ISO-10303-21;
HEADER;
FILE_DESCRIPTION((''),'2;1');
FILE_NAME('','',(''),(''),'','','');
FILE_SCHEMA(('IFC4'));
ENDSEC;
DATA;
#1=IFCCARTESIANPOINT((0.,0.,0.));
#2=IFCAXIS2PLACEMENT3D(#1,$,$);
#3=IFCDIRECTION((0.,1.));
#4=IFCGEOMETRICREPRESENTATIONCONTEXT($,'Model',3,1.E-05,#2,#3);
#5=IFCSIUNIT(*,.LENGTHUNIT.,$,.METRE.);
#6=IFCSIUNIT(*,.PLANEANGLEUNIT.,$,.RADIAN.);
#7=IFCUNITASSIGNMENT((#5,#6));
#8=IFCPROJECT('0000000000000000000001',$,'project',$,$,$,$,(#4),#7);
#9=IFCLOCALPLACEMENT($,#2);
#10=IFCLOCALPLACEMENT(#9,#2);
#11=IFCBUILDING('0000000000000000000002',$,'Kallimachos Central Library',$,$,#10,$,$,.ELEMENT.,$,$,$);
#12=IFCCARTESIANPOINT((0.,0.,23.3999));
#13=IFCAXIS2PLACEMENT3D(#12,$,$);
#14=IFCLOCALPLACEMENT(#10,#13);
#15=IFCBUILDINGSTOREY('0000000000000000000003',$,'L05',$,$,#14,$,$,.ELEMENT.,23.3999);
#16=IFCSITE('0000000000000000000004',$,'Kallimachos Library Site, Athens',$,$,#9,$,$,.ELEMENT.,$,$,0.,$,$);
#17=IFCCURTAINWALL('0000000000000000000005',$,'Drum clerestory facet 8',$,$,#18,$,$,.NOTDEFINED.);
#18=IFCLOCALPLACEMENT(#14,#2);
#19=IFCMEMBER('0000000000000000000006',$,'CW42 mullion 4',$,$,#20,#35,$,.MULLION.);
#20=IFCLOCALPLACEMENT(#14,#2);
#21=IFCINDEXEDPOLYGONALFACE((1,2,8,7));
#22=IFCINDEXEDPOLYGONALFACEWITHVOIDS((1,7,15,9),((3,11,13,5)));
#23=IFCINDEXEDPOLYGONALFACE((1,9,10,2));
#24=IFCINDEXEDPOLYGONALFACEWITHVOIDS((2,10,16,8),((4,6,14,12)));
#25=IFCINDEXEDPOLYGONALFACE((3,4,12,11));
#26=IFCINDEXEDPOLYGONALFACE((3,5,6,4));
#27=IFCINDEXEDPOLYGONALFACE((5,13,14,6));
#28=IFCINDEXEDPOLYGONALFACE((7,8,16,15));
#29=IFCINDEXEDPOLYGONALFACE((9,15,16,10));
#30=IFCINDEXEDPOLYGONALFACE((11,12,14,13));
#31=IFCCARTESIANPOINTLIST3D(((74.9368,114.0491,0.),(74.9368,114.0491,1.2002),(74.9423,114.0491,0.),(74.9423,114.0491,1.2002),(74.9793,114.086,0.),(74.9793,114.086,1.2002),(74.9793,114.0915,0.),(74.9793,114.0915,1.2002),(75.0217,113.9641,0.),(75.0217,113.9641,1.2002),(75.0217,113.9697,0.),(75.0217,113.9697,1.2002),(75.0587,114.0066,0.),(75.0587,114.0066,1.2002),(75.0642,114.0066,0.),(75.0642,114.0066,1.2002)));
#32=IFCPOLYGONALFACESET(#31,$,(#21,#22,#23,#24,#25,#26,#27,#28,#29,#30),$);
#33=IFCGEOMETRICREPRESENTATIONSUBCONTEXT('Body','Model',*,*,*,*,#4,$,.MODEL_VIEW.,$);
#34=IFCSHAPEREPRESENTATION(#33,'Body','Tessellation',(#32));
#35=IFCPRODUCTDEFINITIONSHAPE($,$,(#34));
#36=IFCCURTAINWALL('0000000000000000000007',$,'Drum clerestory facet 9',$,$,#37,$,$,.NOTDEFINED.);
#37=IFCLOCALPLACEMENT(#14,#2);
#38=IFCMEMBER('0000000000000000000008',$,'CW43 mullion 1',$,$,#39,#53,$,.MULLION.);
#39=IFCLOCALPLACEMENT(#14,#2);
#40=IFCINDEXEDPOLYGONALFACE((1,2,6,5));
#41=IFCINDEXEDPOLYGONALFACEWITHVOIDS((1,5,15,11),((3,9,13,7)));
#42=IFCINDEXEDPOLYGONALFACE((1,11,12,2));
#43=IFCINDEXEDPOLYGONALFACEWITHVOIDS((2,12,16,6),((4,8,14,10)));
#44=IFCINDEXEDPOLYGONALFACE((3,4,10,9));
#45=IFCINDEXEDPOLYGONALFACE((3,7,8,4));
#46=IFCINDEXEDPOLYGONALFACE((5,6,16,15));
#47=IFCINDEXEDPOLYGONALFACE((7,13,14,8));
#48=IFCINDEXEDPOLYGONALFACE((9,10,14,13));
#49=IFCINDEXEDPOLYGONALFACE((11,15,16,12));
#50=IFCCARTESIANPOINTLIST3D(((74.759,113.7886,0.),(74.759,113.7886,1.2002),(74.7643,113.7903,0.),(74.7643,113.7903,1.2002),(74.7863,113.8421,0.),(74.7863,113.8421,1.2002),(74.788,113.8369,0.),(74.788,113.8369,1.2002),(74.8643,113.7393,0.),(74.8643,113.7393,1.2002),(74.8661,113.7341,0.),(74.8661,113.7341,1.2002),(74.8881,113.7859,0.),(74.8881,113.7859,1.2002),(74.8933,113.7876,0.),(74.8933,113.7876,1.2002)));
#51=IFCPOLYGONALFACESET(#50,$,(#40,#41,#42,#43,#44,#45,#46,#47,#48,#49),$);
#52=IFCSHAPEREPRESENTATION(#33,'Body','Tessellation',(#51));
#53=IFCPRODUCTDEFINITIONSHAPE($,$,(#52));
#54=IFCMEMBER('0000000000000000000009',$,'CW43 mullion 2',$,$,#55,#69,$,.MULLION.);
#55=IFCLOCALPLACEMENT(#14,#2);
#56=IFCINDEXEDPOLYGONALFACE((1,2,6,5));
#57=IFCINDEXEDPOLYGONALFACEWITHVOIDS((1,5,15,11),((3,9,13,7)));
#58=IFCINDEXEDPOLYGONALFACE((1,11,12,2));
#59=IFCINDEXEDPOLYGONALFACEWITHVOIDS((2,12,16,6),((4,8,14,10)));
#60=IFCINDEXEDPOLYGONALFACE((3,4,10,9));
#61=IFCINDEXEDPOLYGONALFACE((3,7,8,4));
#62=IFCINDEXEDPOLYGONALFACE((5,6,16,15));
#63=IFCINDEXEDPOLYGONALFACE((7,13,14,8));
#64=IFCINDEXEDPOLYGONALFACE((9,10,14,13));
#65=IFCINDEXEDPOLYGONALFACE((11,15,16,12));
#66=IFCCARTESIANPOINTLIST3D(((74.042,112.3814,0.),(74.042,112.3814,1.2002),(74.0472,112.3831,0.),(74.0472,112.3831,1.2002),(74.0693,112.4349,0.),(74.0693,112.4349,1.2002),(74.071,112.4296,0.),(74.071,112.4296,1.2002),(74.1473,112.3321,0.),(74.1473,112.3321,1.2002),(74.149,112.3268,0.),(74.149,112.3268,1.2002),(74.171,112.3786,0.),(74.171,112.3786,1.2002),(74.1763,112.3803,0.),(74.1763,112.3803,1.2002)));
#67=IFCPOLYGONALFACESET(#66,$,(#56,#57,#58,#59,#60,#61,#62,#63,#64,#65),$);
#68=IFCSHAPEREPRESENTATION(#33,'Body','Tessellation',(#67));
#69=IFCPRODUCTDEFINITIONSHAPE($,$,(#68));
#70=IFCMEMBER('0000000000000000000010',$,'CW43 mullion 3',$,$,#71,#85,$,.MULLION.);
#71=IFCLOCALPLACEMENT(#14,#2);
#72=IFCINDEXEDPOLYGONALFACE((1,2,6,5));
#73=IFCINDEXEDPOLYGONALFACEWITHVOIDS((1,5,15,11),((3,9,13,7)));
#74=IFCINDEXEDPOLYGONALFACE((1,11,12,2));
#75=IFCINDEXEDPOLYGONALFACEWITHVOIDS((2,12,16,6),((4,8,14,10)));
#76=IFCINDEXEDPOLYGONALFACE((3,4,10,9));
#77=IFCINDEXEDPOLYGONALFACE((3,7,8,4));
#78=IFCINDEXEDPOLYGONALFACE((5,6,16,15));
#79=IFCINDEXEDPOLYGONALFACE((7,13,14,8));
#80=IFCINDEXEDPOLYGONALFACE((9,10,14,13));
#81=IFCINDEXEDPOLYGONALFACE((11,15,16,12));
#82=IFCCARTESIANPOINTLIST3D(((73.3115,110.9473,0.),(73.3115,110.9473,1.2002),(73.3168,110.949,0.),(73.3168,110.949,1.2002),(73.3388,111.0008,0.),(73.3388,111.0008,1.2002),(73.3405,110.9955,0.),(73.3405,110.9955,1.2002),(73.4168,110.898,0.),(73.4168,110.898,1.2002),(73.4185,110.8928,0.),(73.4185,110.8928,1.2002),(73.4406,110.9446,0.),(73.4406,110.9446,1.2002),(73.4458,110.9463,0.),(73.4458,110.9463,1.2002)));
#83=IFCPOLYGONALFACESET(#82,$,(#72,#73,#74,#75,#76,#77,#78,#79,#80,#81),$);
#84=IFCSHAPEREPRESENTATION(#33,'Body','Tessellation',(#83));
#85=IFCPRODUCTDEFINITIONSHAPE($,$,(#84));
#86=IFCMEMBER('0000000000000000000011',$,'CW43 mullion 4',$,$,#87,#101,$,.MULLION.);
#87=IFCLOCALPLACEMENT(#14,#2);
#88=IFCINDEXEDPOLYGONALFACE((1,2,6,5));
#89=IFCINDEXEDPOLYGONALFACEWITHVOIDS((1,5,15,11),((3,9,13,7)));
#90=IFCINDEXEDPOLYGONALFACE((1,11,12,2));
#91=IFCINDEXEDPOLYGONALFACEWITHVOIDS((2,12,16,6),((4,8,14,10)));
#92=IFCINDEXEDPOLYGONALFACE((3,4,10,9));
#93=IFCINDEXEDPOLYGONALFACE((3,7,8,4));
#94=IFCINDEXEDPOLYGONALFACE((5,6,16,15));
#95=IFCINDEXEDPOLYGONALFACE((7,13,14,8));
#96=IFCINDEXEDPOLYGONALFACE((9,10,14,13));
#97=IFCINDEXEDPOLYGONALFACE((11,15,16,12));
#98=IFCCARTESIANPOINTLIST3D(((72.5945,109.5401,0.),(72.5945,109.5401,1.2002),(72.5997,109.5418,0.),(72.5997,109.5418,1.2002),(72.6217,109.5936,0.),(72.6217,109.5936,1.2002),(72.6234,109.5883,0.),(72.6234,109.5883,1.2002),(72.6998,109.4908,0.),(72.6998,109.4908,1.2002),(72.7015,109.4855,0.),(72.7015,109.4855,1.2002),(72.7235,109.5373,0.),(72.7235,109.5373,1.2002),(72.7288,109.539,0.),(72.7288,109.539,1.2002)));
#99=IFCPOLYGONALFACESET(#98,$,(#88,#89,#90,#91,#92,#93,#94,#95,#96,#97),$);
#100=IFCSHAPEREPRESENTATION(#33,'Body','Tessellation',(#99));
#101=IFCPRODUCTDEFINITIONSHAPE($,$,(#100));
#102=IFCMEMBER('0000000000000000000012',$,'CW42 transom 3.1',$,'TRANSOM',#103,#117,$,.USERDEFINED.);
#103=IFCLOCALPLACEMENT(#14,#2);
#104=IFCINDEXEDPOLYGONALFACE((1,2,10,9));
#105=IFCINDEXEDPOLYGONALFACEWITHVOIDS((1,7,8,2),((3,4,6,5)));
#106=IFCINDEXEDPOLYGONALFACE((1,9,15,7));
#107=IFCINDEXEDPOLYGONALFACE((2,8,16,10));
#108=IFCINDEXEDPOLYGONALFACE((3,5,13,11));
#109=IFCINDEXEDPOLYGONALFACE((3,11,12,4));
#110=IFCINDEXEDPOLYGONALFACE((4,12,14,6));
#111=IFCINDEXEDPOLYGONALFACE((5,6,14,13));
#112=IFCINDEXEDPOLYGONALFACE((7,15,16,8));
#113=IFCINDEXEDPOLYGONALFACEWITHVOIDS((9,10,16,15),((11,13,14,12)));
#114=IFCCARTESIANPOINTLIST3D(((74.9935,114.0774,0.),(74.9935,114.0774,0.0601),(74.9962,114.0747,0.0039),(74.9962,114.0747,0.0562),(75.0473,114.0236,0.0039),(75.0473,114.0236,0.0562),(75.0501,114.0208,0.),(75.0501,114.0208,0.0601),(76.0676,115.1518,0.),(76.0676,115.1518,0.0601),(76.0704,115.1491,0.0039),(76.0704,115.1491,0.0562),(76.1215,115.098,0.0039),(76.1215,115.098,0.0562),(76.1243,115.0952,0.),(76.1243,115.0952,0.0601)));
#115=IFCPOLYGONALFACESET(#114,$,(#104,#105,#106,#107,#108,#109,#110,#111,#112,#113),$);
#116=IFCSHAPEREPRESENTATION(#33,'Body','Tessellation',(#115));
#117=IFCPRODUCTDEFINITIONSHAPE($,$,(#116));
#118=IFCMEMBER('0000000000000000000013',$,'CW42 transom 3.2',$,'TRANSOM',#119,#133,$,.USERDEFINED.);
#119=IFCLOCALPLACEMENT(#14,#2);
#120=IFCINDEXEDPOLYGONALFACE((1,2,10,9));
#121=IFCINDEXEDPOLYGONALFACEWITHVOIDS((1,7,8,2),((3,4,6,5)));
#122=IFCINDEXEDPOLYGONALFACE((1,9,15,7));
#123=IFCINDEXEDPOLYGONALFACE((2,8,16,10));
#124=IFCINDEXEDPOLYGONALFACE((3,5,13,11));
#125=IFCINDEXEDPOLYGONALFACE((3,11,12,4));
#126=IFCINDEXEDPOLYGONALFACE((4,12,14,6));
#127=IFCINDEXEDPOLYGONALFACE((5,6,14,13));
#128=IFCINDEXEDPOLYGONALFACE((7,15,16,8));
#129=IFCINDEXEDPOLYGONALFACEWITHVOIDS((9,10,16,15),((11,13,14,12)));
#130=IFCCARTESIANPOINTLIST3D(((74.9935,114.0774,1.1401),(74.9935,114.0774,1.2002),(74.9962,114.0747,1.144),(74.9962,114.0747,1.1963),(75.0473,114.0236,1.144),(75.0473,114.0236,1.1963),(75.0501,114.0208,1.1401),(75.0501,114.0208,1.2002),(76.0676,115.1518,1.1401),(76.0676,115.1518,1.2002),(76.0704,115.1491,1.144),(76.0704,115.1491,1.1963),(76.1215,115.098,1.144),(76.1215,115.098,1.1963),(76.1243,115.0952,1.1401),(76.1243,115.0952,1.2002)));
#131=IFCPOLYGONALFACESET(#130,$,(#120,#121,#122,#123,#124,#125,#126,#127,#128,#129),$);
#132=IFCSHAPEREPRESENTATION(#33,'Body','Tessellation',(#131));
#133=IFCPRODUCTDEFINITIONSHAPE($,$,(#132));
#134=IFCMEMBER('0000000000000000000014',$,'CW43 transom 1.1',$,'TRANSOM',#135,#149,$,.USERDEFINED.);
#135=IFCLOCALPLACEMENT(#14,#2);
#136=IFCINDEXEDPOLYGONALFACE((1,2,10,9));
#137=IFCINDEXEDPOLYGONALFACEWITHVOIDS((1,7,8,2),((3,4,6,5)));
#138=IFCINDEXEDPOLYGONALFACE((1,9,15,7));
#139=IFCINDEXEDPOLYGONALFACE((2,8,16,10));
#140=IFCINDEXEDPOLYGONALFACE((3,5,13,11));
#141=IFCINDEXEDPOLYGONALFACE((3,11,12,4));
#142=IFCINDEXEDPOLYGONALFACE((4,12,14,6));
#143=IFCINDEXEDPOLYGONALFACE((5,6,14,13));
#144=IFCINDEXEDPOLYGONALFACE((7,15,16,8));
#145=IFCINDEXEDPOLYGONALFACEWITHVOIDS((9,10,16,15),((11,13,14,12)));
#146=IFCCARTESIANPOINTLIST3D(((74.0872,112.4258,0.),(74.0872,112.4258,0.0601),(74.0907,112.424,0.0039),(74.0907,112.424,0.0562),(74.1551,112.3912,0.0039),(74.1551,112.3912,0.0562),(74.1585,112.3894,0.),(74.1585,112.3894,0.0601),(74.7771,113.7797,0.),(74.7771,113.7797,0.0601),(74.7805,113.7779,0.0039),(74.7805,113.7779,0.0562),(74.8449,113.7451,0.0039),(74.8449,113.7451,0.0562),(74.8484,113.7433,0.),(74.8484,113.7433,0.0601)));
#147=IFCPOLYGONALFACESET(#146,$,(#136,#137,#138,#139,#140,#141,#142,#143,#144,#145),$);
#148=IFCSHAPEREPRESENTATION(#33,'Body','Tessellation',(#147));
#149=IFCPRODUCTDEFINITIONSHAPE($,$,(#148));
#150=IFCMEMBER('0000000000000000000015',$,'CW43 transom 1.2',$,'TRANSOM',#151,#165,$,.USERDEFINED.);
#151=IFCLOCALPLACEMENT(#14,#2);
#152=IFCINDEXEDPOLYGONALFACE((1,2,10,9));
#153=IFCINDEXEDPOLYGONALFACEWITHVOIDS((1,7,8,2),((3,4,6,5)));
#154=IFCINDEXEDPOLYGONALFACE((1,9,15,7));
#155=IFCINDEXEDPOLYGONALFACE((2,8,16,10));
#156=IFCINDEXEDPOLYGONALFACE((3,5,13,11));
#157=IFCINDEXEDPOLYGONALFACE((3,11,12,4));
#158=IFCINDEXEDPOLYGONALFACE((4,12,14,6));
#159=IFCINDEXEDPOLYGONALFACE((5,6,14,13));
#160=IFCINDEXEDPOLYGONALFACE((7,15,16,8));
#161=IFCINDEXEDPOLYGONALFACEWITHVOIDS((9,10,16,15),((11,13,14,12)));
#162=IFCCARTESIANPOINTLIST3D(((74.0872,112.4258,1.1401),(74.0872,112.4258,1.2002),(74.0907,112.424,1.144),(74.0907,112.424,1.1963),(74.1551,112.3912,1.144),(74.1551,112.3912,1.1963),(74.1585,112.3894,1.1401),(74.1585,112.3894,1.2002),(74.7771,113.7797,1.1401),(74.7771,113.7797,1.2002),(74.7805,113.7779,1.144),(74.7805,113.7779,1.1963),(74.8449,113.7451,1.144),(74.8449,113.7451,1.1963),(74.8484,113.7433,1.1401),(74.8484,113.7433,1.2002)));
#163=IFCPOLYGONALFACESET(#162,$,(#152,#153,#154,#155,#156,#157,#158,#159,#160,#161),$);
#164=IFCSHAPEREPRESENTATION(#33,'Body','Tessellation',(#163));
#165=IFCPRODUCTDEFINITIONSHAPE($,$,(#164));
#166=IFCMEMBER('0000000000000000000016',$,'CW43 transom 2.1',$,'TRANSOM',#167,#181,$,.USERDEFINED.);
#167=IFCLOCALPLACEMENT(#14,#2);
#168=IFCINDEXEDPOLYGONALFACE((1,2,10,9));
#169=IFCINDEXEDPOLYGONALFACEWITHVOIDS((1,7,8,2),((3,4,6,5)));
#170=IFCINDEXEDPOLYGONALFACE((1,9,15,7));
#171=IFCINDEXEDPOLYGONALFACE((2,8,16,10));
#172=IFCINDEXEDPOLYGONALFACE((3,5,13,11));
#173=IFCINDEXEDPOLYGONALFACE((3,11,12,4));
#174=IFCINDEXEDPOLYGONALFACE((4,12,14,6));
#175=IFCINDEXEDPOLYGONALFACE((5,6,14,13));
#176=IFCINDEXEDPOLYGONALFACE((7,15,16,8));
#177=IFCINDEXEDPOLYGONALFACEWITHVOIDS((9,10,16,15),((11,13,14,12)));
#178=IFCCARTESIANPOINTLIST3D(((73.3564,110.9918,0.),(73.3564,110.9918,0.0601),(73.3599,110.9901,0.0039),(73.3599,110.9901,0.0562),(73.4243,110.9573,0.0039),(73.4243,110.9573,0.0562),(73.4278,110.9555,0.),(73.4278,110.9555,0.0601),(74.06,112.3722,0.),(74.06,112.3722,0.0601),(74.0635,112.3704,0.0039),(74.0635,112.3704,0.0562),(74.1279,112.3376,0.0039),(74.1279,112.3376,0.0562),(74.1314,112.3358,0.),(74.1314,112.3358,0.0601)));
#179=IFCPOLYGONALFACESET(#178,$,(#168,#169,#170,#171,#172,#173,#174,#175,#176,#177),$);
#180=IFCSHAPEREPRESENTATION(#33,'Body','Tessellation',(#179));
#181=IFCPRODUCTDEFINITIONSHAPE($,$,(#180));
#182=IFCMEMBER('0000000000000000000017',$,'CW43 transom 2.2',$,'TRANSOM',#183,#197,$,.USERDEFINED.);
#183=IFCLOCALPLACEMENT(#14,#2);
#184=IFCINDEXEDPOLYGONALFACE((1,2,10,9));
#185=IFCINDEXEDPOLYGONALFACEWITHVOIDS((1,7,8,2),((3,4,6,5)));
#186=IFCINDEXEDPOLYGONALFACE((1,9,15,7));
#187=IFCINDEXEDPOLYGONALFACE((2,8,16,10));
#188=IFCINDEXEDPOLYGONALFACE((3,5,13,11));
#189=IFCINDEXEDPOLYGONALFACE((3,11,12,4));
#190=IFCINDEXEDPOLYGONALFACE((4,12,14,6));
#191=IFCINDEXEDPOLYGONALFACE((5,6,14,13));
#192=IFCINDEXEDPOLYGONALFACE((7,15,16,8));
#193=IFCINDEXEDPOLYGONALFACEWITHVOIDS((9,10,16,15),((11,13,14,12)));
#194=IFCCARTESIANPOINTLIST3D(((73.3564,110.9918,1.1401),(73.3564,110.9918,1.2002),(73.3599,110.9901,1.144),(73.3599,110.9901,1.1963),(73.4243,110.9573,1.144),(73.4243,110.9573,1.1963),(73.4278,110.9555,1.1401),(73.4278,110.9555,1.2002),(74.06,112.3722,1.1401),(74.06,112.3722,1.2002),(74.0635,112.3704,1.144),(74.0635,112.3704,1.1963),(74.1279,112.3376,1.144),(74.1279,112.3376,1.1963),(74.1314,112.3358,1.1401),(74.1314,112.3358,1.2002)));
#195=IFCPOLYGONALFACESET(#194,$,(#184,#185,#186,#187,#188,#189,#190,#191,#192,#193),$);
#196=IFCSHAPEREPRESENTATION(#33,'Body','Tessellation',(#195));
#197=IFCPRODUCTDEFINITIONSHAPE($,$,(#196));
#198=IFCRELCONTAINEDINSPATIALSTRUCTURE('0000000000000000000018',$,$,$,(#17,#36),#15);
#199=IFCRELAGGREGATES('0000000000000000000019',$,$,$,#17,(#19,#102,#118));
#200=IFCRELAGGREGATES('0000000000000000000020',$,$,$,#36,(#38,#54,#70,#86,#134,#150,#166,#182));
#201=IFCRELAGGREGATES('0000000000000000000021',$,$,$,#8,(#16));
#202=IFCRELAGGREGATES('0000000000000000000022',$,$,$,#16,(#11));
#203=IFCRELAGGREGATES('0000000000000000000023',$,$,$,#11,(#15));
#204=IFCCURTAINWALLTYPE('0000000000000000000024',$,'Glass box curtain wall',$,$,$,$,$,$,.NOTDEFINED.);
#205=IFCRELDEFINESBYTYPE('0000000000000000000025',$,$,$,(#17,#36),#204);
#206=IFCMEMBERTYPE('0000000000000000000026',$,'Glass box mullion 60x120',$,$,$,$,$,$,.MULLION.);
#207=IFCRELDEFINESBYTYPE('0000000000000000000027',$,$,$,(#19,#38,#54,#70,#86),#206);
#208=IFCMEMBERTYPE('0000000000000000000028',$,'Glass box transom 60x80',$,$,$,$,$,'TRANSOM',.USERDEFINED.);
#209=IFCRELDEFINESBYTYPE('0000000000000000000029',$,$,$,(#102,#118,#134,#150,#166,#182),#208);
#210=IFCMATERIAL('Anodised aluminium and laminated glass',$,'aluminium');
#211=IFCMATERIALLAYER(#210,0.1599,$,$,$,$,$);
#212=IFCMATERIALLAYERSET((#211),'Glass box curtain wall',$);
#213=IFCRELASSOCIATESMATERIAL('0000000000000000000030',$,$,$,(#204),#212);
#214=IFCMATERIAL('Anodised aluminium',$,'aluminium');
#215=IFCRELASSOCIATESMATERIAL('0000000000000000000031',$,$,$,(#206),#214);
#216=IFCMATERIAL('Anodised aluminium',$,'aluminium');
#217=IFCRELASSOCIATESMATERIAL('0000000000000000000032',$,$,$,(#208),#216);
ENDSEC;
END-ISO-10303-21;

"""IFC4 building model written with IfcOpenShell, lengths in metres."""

from ifc_helpers import new_model, si_unit, direction, frame, origin, origin_2d, place, context, subcontext, project, spatial, hollow_rectangle, extrude, material, layer, layer_set, material_profile, profile_set, type_object, element, aggregate, save


model = new_model("IFC4")

# Units and contexts
model_context = context("Model", 3, precision=1e-05, world=origin(), true_north=direction((0.0, 1.0)))
body_context = subcontext(model_context, "Body", "Model", "MODEL_VIEW")
ifc_project = project(units=[si_unit("LENGTHUNIT", "METRE"), si_unit("PLANEANGLEUNIT", "RADIAN")], contexts=[model_context])

# Site, building, storey
site_placement = place(None, origin())
site = spatial("IfcSite", under=ifc_project, at=site_placement, Name="Kallimachos Library Site, Athens", CompositionType="ELEMENT", RefElevation=0.0)
building_placement = place(site_placement, origin())
building = spatial("IfcBuilding", under=site, at=building_placement, Name="Kallimachos Central Library", CompositionType="ELEMENT")
storey_placement = place(building_placement, frame((0.0, 0.0, 23.3999)))
storey = spatial("IfcBuildingStorey", under=building, at=storey_placement, Name="L05", CompositionType="ELEMENT", Elevation=23.3999)

# Curtain walls, members
ifc_material_1 = material(Name="Anodised aluminium and laminated glass", Category="aluminium")
ifc_layer_1 = layer(ifc_material_1, 0.1599)
ifc_layer_set_1 = layer_set([ifc_layer_1], Name="Glass box curtain wall")
curtain_wall_type = type_object("IfcCurtainWallType", Name="Glass box curtain wall", PredefinedType="NOTDEFINED", material=ifc_layer_set_1)
curtain_wall_1_placement = place(storey_placement, origin())
curtain_wall_1 = element("IfcCurtainWall", 1, at=curtain_wall_1_placement, inside=storey, type_object=curtain_wall_type, Name="Drum clerestory facet 8", PredefinedType="NOTDEFINED")
ifc_material_2 = material(Name="Anodised aluminium", Category="aluminium")
ifc_material_profile_1 = material_profile(ifc_material_2, hollow_rectangle(XDim=0.0601, YDim=0.1201, WallThickness=0.0039, at=origin_2d()), Name="ALU MULLION 60x120")
ifc_profile_set_1 = profile_set([ifc_material_profile_1], Name="Anodised aluminium")
member_type_1 = type_object("IfcMemberType", Name="Glass box mullion 60x120", PredefinedType="MULLION", material=ifc_profile_set_1)
member_1_placement = place(storey_placement, frame((75.0005, 114.0278, 0.0), z_axis=(0.0, 0.0, 1.0), x_axis=(-0.707107, -0.707107, 0.0)))
member_1 = element("IfcMember", 2, at=member_1_placement, type_object=member_type_1, Name="CW42 mullion 4", PredefinedType="MULLION", context=body_context, shape_type="SweptSolid", body=[
    extrude(hollow_rectangle(XDim=0.0601, YDim=0.1201, WallThickness=0.0039, at=origin_2d()), origin(), (0.0, 0.0, 1.0), 1.2002),
])
curtain_wall_2_placement = place(storey_placement, origin())
curtain_wall_2 = element("IfcCurtainWall", 3, at=curtain_wall_2_placement, inside=storey, type_object=curtain_wall_type, Name="Drum clerestory facet 9", PredefinedType="NOTDEFINED")
member_2_placement = place(storey_placement, frame((74.8262, 113.7881, 0.0), z_axis=(0.0, 0.0, 1.0), x_axis=(-0.453991, -0.891006, 0.0)))
member_2 = element("IfcMember", 4, at=member_2_placement, type_object=member_type_1, Name="CW43 mullion 1", PredefinedType="MULLION", context=body_context, shape_type="SweptSolid", body=[
    extrude(hollow_rectangle(XDim=0.0601, YDim=0.1201, WallThickness=0.0039, at=origin_2d()), origin(), (0.0, 0.0, 1.0), 1.2002),
])
member_3_placement = place(storey_placement, frame((74.1091, 112.3809, 0.0), z_axis=(0.0, 0.0, 1.0), x_axis=(-0.453991, -0.891006, 0.0)))
member_3 = element("IfcMember", 5, at=member_3_placement, type_object=member_type_1, Name="CW43 mullion 2", PredefinedType="MULLION", context=body_context, shape_type="SweptSolid", body=[
    extrude(hollow_rectangle(XDim=0.0601, YDim=0.1201, WallThickness=0.0039, at=origin_2d()), origin(), (0.0, 0.0, 1.0), 1.2002),
])
member_4_placement = place(storey_placement, frame((73.3787, 110.9468, 0.0), z_axis=(0.0, 0.0, 1.0), x_axis=(-0.453991, -0.891006, 0.0)))
member_4 = element("IfcMember", 6, at=member_4_placement, type_object=member_type_1, Name="CW43 mullion 3", PredefinedType="MULLION", context=body_context, shape_type="SweptSolid", body=[
    extrude(hollow_rectangle(XDim=0.0601, YDim=0.1201, WallThickness=0.0039, at=origin_2d()), origin(), (0.0, 0.0, 1.0), 1.2002),
])
member_5_placement = place(storey_placement, frame((72.6616, 109.5396, 0.0), z_axis=(0.0, 0.0, 1.0), x_axis=(-0.453991, -0.891006, 0.0)))
member_5 = element("IfcMember", 7, at=member_5_placement, type_object=member_type_1, Name="CW43 mullion 4", PredefinedType="MULLION", context=body_context, shape_type="SweptSolid", body=[
    extrude(hollow_rectangle(XDim=0.0601, YDim=0.1201, WallThickness=0.0039, at=origin_2d()), origin(), (0.0, 0.0, 1.0), 1.2002),
])

# Members
ifc_material_3 = material(Name="Anodised aluminium", Category="aluminium")
ifc_material_profile_2 = material_profile(ifc_material_3, hollow_rectangle(XDim=0.0601, YDim=0.0801, WallThickness=0.0039, at=origin_2d()), Name="ALU TRANSOM 60x80")
ifc_profile_set_2 = profile_set([ifc_material_profile_2], Name="Anodised aluminium")
member_type_2 = type_object("IfcMemberType", Name="Glass box transom 60x80", ElementType="TRANSOM", PredefinedType="USERDEFINED", material=ifc_profile_set_2)
member_6_placement = place(storey_placement, frame((76.0959, 115.1235, 0.03), z_axis=(-0.707026, -0.707187, 0.0), x_axis=(0.0, 0.0, 1.0)))
member_6 = element("IfcMember", 8, at=member_6_placement, type_object=member_type_2, Name="CW42 transom 3.1", ObjectType="TRANSOM", PredefinedType="USERDEFINED", context=body_context, shape_type="SweptSolid", body=[
    extrude(hollow_rectangle(XDim=0.0601, YDim=0.0801, WallThickness=0.0039, at=origin_2d()), origin(), (0.0, 0.0, 1.0), 1.5193),
])
member_7_placement = place(storey_placement, frame((76.0959, 115.1235, 1.1702), z_axis=(-0.707026, -0.707187, 0.0), x_axis=(0.0, 0.0, 1.0)))
member_7 = element("IfcMember", 9, at=member_7_placement, type_object=member_type_2, Name="CW42 transom 3.2", ObjectType="TRANSOM", PredefinedType="USERDEFINED", context=body_context, shape_type="SweptSolid", body=[
    extrude(hollow_rectangle(XDim=0.0601, YDim=0.0801, WallThickness=0.0039, at=origin_2d()), origin(), (0.0, 0.0, 1.0), 1.5193),
])
member_8_placement = place(storey_placement, frame((74.8127, 113.7615, 0.03), z_axis=(-0.454012, -0.890995, 0.0), x_axis=(0.0, 0.0, 1.0)))
member_8 = element("IfcMember", 10, at=member_8_placement, type_object=member_type_2, Name="CW43 transom 1.1", ObjectType="TRANSOM", PredefinedType="USERDEFINED", context=body_context, shape_type="SweptSolid", body=[
    extrude(hollow_rectangle(XDim=0.0601, YDim=0.0801, WallThickness=0.0039, at=origin_2d()), origin(), (0.0, 0.0, 1.0), 1.5195),
])
member_9_placement = place(storey_placement, frame((74.8127, 113.7615, 1.1702), z_axis=(-0.454012, -0.890995, 0.0), x_axis=(0.0, 0.0, 1.0)))
member_9 = element("IfcMember", 11, at=member_9_placement, type_object=member_type_2, Name="CW43 transom 1.2", ObjectType="TRANSOM", PredefinedType="USERDEFINED", context=body_context, shape_type="SweptSolid", body=[
    extrude(hollow_rectangle(XDim=0.0601, YDim=0.0801, WallThickness=0.0039, at=origin_2d()), origin(), (0.0, 0.0, 1.0), 1.5195),
])
member_10_placement = place(storey_placement, frame((74.0957, 112.354, 0.03), z_axis=(-0.454133, -0.890934, 0.0), x_axis=(0.0, 0.0, 1.0)))
member_10 = element("IfcMember", 12, at=member_10_placement, type_object=member_type_2, Name="CW43 transom 2.1", ObjectType="TRANSOM", PredefinedType="USERDEFINED", context=body_context, shape_type="SweptSolid", body=[
    extrude(hollow_rectangle(XDim=0.0601, YDim=0.0801, WallThickness=0.0039, at=origin_2d()), origin(), (0.0, 0.0, 1.0), 1.5493),
])
member_11_placement = place(storey_placement, frame((74.0957, 112.354, 1.1702), z_axis=(-0.454133, -0.890934, 0.0), x_axis=(0.0, 0.0, 1.0)))
member_11 = element("IfcMember", 13, at=member_11_placement, type_object=member_type_2, Name="CW43 transom 2.2", ObjectType="TRANSOM", PredefinedType="USERDEFINED", context=body_context, shape_type="SweptSolid", body=[
    extrude(hollow_rectangle(XDim=0.0601, YDim=0.0801, WallThickness=0.0039, at=origin_2d()), origin(), (0.0, 0.0, 1.0), 1.5493),
])

aggregate(curtain_wall_1, [member_1, member_6, member_7])
aggregate(curtain_wall_2, [member_2, member_3, member_4, member_5, member_8, member_9, member_10, member_11])

save(model, "model.ifc")
